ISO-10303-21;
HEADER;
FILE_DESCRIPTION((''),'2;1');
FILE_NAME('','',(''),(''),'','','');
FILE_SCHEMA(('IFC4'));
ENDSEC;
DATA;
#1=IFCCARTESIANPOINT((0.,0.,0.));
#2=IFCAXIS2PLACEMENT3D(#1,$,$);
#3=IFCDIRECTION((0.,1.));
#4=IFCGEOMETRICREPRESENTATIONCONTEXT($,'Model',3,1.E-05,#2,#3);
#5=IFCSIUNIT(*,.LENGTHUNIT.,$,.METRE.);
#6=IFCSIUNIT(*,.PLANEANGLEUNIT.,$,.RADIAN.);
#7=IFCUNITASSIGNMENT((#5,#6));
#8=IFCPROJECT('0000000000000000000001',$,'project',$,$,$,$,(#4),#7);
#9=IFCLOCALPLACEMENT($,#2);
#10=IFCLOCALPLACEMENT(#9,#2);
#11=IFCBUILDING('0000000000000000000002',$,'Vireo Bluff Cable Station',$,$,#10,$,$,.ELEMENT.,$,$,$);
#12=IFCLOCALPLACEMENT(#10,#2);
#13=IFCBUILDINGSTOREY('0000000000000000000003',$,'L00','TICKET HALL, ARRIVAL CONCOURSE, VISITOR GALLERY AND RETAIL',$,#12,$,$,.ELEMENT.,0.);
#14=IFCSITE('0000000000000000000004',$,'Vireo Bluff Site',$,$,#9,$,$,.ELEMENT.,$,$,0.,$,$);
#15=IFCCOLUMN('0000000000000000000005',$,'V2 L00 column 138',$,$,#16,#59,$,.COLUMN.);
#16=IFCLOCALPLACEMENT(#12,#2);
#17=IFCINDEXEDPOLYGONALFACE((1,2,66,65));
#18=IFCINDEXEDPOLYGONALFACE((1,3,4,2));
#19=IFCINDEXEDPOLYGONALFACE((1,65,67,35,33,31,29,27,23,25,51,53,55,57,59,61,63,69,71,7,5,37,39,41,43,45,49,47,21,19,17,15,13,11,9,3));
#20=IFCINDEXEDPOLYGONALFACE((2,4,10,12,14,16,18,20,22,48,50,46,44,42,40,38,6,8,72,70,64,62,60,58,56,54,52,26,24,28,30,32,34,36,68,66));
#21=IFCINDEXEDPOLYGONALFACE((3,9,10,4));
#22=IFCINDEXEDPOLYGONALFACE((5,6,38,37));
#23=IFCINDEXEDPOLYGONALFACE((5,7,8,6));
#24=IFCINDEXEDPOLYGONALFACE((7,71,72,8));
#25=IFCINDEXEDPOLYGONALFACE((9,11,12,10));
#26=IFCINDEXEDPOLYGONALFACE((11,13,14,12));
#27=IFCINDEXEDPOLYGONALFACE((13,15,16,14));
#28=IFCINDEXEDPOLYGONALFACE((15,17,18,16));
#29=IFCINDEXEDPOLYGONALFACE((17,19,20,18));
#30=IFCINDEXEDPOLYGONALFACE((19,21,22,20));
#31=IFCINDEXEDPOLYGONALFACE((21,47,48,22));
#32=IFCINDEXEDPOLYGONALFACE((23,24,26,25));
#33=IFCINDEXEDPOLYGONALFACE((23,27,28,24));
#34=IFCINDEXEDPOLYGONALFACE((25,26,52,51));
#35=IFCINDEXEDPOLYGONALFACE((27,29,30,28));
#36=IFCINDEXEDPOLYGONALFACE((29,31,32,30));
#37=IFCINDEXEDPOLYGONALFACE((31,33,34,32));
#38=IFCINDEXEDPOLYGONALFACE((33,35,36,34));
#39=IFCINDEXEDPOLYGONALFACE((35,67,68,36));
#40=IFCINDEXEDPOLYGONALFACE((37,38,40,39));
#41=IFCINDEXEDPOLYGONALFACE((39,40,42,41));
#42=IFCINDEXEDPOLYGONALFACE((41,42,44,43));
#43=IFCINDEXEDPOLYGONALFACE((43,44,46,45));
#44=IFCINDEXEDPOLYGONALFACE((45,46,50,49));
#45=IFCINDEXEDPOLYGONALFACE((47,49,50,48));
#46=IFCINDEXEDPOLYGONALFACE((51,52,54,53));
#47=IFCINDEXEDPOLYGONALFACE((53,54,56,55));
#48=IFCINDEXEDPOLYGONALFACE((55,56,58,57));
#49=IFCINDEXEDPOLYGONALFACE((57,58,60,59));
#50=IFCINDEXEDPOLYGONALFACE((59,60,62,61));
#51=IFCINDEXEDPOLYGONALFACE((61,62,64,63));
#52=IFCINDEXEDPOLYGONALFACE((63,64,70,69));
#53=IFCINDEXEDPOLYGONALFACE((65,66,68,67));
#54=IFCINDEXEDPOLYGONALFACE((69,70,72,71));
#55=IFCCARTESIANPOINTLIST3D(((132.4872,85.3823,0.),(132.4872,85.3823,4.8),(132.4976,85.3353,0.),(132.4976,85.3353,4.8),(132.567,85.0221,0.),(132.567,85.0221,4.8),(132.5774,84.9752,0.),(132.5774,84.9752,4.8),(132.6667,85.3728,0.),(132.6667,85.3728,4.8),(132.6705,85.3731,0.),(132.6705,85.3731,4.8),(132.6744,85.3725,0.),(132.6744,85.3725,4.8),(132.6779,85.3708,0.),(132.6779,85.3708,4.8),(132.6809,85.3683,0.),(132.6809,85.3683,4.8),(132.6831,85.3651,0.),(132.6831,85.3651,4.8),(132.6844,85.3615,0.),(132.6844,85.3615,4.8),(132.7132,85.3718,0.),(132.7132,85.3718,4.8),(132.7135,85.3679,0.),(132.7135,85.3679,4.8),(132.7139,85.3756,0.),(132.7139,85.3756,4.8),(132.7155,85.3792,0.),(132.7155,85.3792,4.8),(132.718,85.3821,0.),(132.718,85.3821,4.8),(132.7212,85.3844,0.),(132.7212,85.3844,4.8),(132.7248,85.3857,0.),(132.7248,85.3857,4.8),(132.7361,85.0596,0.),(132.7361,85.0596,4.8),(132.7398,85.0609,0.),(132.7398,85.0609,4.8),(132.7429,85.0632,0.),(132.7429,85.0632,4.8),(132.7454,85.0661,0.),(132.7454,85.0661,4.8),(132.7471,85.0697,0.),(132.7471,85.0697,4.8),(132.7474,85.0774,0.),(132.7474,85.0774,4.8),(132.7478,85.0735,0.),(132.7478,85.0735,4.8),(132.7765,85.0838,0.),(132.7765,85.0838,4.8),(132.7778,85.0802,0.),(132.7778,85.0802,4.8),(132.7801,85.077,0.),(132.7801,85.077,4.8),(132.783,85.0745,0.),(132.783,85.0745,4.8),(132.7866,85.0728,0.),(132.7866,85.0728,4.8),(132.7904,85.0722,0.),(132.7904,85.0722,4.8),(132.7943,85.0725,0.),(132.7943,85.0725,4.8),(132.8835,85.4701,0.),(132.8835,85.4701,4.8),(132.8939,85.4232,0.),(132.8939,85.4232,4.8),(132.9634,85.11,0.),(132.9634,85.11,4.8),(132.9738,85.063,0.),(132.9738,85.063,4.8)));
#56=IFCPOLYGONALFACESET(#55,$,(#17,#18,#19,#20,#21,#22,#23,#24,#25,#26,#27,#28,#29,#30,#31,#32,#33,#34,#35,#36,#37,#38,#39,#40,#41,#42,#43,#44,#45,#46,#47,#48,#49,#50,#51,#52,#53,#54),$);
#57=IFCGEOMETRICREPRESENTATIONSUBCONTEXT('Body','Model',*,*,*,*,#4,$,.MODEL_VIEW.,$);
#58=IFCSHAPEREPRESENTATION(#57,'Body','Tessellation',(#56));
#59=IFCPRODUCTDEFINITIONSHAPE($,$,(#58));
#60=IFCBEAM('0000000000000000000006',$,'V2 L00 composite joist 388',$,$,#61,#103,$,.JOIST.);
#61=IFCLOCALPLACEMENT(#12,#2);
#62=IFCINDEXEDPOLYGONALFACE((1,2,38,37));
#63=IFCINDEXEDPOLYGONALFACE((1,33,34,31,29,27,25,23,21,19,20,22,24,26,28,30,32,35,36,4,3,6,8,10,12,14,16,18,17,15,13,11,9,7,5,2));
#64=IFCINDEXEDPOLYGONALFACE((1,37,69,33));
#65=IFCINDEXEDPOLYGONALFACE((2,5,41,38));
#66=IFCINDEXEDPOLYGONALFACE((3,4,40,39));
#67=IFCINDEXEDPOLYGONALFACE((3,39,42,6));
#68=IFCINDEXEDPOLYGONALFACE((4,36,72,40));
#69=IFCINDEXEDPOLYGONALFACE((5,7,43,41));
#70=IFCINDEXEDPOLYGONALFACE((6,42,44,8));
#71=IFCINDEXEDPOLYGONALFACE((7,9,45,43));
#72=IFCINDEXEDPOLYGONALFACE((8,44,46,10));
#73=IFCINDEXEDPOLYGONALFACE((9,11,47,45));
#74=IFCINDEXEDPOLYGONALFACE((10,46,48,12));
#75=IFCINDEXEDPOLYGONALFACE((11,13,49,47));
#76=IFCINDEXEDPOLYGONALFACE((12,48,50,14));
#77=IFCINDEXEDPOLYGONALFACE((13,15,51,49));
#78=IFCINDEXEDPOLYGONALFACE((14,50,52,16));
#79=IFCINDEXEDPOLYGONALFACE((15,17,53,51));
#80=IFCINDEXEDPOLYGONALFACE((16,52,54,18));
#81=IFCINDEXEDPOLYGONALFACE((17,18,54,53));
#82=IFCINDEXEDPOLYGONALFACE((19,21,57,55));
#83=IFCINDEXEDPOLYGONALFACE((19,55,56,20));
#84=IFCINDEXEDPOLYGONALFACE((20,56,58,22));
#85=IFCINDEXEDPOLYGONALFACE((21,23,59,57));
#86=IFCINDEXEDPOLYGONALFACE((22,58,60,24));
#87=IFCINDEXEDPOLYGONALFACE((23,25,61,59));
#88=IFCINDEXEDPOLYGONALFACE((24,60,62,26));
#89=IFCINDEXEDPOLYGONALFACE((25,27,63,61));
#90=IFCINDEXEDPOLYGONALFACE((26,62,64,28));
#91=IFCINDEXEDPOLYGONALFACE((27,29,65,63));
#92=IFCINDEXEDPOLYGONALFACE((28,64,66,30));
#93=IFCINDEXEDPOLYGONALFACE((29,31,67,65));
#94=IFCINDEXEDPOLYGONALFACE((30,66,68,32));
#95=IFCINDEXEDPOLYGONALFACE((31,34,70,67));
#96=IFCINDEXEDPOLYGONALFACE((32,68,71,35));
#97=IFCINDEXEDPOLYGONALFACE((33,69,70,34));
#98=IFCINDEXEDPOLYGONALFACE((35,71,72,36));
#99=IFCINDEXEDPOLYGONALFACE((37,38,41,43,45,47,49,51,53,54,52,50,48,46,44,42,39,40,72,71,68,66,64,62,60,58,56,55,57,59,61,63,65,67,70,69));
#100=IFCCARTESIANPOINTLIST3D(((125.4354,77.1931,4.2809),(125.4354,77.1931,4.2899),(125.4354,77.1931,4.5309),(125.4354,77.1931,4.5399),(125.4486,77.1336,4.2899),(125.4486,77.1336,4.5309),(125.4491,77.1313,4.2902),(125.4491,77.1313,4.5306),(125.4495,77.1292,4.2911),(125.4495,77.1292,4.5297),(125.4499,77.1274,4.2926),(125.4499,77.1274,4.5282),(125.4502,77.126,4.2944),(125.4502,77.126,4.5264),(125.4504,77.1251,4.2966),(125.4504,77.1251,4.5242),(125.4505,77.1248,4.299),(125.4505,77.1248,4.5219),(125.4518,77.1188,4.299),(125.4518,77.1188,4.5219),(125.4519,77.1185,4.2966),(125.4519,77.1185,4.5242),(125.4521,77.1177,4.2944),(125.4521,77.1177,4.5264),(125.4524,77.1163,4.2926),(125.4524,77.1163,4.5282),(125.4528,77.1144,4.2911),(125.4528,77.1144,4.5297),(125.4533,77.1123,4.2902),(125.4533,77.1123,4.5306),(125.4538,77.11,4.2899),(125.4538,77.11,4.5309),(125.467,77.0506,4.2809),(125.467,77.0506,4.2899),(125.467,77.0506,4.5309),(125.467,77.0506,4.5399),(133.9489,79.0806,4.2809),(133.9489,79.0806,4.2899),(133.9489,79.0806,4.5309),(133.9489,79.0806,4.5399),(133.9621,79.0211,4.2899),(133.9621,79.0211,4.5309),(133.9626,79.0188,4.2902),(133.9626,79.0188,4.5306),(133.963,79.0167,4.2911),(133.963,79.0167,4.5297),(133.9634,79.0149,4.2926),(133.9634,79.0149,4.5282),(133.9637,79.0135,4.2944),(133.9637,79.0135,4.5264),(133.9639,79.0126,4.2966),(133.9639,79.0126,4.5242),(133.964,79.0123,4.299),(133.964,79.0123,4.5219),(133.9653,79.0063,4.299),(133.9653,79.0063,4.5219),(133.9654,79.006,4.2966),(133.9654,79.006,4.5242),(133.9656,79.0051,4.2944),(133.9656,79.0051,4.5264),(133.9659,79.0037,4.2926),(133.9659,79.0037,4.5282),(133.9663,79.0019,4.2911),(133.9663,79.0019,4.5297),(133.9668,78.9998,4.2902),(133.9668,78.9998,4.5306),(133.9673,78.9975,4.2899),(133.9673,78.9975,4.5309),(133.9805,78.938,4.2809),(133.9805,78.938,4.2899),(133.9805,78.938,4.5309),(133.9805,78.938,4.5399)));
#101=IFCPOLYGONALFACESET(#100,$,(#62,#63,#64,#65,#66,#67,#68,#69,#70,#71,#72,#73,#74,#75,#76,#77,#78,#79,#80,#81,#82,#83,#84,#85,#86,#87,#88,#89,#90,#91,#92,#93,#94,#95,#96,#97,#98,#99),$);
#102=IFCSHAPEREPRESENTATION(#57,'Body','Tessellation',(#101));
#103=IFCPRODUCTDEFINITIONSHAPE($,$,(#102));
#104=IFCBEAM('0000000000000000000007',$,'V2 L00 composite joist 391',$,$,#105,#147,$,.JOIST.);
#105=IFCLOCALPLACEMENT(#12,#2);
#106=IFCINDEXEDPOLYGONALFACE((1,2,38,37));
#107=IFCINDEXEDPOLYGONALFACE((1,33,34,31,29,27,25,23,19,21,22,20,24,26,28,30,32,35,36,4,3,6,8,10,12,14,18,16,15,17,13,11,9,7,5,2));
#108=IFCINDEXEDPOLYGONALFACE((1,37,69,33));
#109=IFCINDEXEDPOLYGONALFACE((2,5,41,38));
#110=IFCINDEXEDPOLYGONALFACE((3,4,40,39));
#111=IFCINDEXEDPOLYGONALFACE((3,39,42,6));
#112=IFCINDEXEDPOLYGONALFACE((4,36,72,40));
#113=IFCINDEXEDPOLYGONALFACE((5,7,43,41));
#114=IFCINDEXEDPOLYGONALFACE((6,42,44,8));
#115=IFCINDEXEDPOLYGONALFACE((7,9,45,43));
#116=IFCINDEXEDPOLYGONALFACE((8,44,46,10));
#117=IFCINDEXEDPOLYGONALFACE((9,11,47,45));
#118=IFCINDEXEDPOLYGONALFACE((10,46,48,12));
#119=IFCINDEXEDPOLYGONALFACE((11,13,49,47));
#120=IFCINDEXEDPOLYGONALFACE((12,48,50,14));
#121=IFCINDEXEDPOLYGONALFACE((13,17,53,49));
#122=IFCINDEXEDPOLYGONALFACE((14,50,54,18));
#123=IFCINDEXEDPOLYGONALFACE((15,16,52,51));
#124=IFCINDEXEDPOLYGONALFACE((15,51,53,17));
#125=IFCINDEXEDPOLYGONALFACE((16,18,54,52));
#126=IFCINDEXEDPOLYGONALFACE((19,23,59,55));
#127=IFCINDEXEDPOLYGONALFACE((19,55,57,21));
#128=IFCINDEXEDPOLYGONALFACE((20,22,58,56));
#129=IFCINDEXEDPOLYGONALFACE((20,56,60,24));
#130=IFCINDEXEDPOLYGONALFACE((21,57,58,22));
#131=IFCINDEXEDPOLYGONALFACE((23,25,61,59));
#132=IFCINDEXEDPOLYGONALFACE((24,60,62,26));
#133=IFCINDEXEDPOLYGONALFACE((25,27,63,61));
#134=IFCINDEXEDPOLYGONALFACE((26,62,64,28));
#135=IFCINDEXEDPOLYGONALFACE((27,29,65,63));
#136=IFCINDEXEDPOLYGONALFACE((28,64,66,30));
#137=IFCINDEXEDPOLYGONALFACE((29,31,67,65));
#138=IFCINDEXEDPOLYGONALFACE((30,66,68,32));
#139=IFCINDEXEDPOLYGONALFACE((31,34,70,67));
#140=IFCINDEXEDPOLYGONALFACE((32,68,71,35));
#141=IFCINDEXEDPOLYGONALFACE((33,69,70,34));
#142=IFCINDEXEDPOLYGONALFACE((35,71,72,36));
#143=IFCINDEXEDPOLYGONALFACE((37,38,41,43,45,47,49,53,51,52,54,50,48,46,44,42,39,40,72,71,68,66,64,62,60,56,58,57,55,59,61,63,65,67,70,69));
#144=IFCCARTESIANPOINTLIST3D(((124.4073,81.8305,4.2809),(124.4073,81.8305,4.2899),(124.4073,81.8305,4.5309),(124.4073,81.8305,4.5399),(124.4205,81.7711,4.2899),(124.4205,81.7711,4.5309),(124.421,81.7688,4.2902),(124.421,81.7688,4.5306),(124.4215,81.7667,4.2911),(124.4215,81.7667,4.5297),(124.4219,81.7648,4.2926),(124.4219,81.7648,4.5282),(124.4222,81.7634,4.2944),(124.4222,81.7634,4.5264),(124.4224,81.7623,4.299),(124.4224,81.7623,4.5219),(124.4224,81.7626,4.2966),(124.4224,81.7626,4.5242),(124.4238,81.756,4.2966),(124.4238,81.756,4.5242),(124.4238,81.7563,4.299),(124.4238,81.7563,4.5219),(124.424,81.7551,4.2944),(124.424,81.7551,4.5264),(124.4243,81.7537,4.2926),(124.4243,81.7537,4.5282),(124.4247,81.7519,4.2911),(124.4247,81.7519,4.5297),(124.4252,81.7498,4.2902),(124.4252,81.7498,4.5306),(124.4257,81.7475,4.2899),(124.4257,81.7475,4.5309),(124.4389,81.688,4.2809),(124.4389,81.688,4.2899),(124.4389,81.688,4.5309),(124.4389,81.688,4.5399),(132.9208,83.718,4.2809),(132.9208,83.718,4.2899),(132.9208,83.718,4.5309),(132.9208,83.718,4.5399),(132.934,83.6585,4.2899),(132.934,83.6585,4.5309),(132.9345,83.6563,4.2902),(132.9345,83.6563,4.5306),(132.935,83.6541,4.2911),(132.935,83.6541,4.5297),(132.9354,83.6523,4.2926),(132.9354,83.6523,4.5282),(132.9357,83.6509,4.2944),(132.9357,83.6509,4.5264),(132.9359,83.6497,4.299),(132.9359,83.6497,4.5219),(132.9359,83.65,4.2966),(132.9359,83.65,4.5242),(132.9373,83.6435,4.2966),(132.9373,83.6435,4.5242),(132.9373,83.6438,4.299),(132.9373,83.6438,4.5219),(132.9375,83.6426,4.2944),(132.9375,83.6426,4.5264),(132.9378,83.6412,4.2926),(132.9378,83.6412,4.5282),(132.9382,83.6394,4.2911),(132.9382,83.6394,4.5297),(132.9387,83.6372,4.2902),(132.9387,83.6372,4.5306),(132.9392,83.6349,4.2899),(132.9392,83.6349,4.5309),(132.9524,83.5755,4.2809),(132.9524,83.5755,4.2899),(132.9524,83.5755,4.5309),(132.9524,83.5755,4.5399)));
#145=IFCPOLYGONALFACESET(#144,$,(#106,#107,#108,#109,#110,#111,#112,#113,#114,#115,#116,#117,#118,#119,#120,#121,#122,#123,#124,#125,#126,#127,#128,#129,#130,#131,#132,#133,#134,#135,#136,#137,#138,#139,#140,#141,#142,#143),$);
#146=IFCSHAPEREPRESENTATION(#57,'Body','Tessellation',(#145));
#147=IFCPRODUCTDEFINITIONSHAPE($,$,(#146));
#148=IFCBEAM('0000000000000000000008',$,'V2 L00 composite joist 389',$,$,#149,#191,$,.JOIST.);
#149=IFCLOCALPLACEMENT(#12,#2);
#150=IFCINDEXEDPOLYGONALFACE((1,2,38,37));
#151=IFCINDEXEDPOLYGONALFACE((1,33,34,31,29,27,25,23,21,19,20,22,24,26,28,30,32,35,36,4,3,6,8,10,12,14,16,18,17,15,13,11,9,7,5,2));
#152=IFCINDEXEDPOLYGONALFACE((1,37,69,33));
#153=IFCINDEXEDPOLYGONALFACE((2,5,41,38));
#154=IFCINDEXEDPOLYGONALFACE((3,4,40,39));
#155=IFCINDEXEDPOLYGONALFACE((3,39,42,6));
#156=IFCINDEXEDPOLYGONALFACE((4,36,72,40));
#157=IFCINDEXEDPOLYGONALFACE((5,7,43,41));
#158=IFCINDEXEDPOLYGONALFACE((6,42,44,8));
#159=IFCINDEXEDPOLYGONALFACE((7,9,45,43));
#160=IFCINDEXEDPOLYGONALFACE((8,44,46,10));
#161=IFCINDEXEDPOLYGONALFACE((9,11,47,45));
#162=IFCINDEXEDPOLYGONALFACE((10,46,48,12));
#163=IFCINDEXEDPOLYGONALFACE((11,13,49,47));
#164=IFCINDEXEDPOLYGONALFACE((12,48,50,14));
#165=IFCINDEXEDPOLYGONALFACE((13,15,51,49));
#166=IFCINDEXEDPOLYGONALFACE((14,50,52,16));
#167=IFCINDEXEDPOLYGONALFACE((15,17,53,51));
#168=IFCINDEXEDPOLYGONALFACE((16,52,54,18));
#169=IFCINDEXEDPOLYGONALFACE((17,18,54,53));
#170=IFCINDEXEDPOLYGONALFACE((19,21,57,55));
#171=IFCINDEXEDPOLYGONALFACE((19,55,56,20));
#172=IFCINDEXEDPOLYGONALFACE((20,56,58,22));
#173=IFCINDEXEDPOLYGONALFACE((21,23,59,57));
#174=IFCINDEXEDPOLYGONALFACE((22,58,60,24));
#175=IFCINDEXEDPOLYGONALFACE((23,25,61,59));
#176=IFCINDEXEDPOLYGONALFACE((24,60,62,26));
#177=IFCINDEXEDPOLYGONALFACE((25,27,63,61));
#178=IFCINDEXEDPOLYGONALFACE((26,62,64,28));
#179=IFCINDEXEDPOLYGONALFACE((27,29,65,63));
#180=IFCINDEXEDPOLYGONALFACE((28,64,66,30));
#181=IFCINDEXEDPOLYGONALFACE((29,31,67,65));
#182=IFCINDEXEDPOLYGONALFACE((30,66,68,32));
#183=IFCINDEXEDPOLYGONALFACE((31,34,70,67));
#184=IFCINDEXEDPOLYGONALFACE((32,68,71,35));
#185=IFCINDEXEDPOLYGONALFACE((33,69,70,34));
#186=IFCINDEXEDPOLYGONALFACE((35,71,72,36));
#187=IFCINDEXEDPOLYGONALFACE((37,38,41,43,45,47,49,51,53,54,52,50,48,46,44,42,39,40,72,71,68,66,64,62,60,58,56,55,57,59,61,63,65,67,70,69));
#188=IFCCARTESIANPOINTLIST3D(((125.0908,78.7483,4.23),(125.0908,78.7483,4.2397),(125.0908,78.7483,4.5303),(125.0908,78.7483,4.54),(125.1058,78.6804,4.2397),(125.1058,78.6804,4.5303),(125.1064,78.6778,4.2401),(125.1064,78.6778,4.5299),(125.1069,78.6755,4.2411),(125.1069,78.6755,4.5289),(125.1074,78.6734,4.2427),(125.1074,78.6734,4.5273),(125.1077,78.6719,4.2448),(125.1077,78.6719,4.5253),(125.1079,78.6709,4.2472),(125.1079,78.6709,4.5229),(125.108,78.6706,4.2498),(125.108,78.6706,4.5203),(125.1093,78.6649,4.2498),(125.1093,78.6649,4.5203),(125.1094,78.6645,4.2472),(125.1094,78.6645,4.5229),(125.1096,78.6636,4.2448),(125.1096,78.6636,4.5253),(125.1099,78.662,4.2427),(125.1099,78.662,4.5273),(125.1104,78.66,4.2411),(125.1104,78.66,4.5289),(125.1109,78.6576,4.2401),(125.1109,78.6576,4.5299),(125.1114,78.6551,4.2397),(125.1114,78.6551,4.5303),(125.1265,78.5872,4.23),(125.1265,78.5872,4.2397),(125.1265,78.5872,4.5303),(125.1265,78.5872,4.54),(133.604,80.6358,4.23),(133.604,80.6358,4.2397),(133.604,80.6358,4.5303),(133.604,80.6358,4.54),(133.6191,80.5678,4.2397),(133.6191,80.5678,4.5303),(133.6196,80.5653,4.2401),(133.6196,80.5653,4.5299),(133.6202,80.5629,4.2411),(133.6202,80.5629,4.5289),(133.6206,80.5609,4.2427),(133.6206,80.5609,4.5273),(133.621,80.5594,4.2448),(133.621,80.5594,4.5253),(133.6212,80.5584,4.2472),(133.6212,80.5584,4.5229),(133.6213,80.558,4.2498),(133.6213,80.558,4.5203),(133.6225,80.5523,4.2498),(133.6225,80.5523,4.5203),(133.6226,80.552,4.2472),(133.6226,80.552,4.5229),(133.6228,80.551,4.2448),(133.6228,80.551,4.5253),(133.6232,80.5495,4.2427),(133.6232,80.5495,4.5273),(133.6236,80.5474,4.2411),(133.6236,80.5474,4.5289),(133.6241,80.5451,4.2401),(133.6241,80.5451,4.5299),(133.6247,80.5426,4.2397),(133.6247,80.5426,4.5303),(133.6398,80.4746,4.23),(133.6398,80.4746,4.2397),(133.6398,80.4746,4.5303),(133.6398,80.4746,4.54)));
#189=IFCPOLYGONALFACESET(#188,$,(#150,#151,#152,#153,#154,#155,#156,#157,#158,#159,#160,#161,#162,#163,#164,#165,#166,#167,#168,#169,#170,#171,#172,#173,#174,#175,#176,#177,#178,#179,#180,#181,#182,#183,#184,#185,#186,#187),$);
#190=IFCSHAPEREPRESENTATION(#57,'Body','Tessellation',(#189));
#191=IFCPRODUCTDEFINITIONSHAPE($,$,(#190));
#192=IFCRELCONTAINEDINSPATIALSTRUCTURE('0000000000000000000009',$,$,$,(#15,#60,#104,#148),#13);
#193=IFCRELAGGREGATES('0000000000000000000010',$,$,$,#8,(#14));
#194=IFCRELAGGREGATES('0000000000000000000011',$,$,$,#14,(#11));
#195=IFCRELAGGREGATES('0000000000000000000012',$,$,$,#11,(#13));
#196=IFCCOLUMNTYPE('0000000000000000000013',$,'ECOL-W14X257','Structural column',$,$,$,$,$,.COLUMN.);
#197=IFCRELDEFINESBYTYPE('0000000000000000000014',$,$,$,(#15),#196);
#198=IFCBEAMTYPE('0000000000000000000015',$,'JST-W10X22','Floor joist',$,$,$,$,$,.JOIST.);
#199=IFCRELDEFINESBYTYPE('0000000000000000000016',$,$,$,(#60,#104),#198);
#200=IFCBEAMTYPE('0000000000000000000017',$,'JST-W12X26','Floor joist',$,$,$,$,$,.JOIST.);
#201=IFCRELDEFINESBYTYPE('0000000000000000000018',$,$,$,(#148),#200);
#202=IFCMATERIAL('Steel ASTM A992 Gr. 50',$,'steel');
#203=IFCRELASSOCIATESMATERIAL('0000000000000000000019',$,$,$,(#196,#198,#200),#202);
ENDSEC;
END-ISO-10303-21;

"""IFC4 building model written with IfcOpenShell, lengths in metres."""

from ifc_helpers import new_model, si_unit, direction, frame, origin, origin_2d, place, context, subcontext, project, spatial, i_section, extrude, material, material_profile, profile_set, type_object, element, save


model = new_model("IFC4")

# Units and contexts
model_context = context("Model", 3, precision=1e-05, world=origin(), true_north=direction((0.0, 1.0)))
body_context = subcontext(model_context, "Body", "Model", "MODEL_VIEW")
ifc_project = project(units=[si_unit("LENGTHUNIT", "METRE"), si_unit("PLANEANGLEUNIT", "RADIAN")], contexts=[model_context])

# Site, building, storey
site_placement = place(None, origin())
site = spatial("IfcSite", under=ifc_project, at=site_placement, Name="Vireo Bluff Site", CompositionType="ELEMENT", RefElevation=0.0)
building_placement = place(site_placement, origin())
building = spatial("IfcBuilding", under=site, at=building_placement, Name="Vireo Bluff Cable Station", CompositionType="ELEMENT")
storey_placement = place(building_placement, origin())
storey = spatial("IfcBuildingStorey", under=building, at=storey_placement, Name="L00", Description="TICKET HALL, ARRIVAL CONCOURSE, VISITOR GALLERY AND RETAIL", CompositionType="ELEMENT", Elevation=0.0)

# Column
ifc_material_1 = material(Name="Steel ASTM A992 Gr. 50", Category="steel")
ifc_material_profile_1 = material_profile(ifc_material_1, i_section(OverallWidth=0.406, OverallDepth=0.417, WebThickness=0.0298, FlangeThickness=0.0481, FilletRadius=0.0149, at=origin_2d()), Name="W14X257")
ifc_profile_set_1 = profile_set([ifc_material_profile_1], Name="Steel ASTM A992 Gr. 50")
column_type_1 = type_object("IfcColumnType", Name="ECOL-W14X257", Description="Structural column", PredefinedType="COLUMN", material=ifc_profile_set_1)
column_1_placement = place(storey_placement, frame((132.7305, 85.2227, 0.0), z_axis=(0.0, 0.0, 1.0), x_axis=(0.976296, 0.21644, 0.0)))
element("IfcColumn", 1, at=column_1_placement, inside=storey, type_object=column_type_1, Name="V2 L00 column 138", PredefinedType="COLUMN", context=body_context, shape_type="SweptSolid", body=[
    extrude(i_section(OverallWidth=0.406, OverallDepth=0.417, WebThickness=0.0298, FlangeThickness=0.0481, FilletRadius=0.0149, at=origin_2d()), origin(), (0.0, 0.0, 1.0), 4.8),
])

# Beams
ifc_material_profile_2 = material_profile(ifc_material_1, i_section(OverallWidth=0.146, OverallDepth=0.259, WebThickness=0.0061, FlangeThickness=0.009, FilletRadius=0.009, at=origin_2d()), Name="W10X22")
ifc_profile_set_2 = profile_set([ifc_material_profile_2], Name="Steel ASTM A992 Gr. 50")
beam_type_1 = type_object("IfcBeamType", Name="JST-W10X22", Description="Floor joist", PredefinedType="JOIST", material=ifc_profile_set_2)
for number, where, z_axis, x_axis, name in (
    (2, (125.4512, 77.1218, 4.4104), (0.976294, 0.216447, 0.0), (-0.216447, 0.976294, 0.0), "V2 L00 composite joist 388"),
    (3, (124.4231, 81.7593, 4.4104), (0.976294, 0.216447, 0.0), (-0.216447, 0.976294, 0.0), "V2 L00 composite joist 391"),
):
    element("IfcBeam", number, at=place(storey_placement, frame(where, z_axis=z_axis, x_axis=x_axis)), inside=storey, type_object=beam_type_1, Name=name, PredefinedType="JOIST", context=body_context, shape_type="SweptSolid", body=[
        extrude(i_section(OverallWidth=0.146, OverallDepth=0.259, WebThickness=0.0061, FlangeThickness=0.009, FilletRadius=0.009, at=origin_2d()), origin(), (0.0, 0.0, 1.0), 8.7202),
    ])
ifc_material_profile_3 = material_profile(ifc_material_1, i_section(OverallWidth=0.165, OverallDepth=0.3101, WebThickness=0.0059, FlangeThickness=0.0098, FilletRadius=0.01, at=origin_2d()), Name="W12X26")
ifc_profile_set_3 = profile_set([ifc_material_profile_3], Name="Steel ASTM A992 Gr. 50")
beam_type_2 = type_object("IfcBeamType", Name="JST-W12X26", Description="Floor joist", PredefinedType="JOIST", material=ifc_profile_set_3)
beam_1_placement = place(storey_placement, frame((125.1086, 78.6677, 4.385), z_axis=(0.976293, 0.216453, 0.0), x_axis=(-0.216453, 0.976293, 0.0)))
element("IfcBeam", 4, at=beam_1_placement, inside=storey, type_object=beam_type_2, Name="V2 L00 composite joist 389", PredefinedType="JOIST", context=body_context, shape_type="SweptSolid", body=[
    extrude(i_section(OverallWidth=0.165, OverallDepth=0.3101, WebThickness=0.0059, FlangeThickness=0.0098, FilletRadius=0.01, at=origin_2d()), origin(), (0.0, 0.0, 1.0), 8.72),
])

save(model, "model.ifc")
